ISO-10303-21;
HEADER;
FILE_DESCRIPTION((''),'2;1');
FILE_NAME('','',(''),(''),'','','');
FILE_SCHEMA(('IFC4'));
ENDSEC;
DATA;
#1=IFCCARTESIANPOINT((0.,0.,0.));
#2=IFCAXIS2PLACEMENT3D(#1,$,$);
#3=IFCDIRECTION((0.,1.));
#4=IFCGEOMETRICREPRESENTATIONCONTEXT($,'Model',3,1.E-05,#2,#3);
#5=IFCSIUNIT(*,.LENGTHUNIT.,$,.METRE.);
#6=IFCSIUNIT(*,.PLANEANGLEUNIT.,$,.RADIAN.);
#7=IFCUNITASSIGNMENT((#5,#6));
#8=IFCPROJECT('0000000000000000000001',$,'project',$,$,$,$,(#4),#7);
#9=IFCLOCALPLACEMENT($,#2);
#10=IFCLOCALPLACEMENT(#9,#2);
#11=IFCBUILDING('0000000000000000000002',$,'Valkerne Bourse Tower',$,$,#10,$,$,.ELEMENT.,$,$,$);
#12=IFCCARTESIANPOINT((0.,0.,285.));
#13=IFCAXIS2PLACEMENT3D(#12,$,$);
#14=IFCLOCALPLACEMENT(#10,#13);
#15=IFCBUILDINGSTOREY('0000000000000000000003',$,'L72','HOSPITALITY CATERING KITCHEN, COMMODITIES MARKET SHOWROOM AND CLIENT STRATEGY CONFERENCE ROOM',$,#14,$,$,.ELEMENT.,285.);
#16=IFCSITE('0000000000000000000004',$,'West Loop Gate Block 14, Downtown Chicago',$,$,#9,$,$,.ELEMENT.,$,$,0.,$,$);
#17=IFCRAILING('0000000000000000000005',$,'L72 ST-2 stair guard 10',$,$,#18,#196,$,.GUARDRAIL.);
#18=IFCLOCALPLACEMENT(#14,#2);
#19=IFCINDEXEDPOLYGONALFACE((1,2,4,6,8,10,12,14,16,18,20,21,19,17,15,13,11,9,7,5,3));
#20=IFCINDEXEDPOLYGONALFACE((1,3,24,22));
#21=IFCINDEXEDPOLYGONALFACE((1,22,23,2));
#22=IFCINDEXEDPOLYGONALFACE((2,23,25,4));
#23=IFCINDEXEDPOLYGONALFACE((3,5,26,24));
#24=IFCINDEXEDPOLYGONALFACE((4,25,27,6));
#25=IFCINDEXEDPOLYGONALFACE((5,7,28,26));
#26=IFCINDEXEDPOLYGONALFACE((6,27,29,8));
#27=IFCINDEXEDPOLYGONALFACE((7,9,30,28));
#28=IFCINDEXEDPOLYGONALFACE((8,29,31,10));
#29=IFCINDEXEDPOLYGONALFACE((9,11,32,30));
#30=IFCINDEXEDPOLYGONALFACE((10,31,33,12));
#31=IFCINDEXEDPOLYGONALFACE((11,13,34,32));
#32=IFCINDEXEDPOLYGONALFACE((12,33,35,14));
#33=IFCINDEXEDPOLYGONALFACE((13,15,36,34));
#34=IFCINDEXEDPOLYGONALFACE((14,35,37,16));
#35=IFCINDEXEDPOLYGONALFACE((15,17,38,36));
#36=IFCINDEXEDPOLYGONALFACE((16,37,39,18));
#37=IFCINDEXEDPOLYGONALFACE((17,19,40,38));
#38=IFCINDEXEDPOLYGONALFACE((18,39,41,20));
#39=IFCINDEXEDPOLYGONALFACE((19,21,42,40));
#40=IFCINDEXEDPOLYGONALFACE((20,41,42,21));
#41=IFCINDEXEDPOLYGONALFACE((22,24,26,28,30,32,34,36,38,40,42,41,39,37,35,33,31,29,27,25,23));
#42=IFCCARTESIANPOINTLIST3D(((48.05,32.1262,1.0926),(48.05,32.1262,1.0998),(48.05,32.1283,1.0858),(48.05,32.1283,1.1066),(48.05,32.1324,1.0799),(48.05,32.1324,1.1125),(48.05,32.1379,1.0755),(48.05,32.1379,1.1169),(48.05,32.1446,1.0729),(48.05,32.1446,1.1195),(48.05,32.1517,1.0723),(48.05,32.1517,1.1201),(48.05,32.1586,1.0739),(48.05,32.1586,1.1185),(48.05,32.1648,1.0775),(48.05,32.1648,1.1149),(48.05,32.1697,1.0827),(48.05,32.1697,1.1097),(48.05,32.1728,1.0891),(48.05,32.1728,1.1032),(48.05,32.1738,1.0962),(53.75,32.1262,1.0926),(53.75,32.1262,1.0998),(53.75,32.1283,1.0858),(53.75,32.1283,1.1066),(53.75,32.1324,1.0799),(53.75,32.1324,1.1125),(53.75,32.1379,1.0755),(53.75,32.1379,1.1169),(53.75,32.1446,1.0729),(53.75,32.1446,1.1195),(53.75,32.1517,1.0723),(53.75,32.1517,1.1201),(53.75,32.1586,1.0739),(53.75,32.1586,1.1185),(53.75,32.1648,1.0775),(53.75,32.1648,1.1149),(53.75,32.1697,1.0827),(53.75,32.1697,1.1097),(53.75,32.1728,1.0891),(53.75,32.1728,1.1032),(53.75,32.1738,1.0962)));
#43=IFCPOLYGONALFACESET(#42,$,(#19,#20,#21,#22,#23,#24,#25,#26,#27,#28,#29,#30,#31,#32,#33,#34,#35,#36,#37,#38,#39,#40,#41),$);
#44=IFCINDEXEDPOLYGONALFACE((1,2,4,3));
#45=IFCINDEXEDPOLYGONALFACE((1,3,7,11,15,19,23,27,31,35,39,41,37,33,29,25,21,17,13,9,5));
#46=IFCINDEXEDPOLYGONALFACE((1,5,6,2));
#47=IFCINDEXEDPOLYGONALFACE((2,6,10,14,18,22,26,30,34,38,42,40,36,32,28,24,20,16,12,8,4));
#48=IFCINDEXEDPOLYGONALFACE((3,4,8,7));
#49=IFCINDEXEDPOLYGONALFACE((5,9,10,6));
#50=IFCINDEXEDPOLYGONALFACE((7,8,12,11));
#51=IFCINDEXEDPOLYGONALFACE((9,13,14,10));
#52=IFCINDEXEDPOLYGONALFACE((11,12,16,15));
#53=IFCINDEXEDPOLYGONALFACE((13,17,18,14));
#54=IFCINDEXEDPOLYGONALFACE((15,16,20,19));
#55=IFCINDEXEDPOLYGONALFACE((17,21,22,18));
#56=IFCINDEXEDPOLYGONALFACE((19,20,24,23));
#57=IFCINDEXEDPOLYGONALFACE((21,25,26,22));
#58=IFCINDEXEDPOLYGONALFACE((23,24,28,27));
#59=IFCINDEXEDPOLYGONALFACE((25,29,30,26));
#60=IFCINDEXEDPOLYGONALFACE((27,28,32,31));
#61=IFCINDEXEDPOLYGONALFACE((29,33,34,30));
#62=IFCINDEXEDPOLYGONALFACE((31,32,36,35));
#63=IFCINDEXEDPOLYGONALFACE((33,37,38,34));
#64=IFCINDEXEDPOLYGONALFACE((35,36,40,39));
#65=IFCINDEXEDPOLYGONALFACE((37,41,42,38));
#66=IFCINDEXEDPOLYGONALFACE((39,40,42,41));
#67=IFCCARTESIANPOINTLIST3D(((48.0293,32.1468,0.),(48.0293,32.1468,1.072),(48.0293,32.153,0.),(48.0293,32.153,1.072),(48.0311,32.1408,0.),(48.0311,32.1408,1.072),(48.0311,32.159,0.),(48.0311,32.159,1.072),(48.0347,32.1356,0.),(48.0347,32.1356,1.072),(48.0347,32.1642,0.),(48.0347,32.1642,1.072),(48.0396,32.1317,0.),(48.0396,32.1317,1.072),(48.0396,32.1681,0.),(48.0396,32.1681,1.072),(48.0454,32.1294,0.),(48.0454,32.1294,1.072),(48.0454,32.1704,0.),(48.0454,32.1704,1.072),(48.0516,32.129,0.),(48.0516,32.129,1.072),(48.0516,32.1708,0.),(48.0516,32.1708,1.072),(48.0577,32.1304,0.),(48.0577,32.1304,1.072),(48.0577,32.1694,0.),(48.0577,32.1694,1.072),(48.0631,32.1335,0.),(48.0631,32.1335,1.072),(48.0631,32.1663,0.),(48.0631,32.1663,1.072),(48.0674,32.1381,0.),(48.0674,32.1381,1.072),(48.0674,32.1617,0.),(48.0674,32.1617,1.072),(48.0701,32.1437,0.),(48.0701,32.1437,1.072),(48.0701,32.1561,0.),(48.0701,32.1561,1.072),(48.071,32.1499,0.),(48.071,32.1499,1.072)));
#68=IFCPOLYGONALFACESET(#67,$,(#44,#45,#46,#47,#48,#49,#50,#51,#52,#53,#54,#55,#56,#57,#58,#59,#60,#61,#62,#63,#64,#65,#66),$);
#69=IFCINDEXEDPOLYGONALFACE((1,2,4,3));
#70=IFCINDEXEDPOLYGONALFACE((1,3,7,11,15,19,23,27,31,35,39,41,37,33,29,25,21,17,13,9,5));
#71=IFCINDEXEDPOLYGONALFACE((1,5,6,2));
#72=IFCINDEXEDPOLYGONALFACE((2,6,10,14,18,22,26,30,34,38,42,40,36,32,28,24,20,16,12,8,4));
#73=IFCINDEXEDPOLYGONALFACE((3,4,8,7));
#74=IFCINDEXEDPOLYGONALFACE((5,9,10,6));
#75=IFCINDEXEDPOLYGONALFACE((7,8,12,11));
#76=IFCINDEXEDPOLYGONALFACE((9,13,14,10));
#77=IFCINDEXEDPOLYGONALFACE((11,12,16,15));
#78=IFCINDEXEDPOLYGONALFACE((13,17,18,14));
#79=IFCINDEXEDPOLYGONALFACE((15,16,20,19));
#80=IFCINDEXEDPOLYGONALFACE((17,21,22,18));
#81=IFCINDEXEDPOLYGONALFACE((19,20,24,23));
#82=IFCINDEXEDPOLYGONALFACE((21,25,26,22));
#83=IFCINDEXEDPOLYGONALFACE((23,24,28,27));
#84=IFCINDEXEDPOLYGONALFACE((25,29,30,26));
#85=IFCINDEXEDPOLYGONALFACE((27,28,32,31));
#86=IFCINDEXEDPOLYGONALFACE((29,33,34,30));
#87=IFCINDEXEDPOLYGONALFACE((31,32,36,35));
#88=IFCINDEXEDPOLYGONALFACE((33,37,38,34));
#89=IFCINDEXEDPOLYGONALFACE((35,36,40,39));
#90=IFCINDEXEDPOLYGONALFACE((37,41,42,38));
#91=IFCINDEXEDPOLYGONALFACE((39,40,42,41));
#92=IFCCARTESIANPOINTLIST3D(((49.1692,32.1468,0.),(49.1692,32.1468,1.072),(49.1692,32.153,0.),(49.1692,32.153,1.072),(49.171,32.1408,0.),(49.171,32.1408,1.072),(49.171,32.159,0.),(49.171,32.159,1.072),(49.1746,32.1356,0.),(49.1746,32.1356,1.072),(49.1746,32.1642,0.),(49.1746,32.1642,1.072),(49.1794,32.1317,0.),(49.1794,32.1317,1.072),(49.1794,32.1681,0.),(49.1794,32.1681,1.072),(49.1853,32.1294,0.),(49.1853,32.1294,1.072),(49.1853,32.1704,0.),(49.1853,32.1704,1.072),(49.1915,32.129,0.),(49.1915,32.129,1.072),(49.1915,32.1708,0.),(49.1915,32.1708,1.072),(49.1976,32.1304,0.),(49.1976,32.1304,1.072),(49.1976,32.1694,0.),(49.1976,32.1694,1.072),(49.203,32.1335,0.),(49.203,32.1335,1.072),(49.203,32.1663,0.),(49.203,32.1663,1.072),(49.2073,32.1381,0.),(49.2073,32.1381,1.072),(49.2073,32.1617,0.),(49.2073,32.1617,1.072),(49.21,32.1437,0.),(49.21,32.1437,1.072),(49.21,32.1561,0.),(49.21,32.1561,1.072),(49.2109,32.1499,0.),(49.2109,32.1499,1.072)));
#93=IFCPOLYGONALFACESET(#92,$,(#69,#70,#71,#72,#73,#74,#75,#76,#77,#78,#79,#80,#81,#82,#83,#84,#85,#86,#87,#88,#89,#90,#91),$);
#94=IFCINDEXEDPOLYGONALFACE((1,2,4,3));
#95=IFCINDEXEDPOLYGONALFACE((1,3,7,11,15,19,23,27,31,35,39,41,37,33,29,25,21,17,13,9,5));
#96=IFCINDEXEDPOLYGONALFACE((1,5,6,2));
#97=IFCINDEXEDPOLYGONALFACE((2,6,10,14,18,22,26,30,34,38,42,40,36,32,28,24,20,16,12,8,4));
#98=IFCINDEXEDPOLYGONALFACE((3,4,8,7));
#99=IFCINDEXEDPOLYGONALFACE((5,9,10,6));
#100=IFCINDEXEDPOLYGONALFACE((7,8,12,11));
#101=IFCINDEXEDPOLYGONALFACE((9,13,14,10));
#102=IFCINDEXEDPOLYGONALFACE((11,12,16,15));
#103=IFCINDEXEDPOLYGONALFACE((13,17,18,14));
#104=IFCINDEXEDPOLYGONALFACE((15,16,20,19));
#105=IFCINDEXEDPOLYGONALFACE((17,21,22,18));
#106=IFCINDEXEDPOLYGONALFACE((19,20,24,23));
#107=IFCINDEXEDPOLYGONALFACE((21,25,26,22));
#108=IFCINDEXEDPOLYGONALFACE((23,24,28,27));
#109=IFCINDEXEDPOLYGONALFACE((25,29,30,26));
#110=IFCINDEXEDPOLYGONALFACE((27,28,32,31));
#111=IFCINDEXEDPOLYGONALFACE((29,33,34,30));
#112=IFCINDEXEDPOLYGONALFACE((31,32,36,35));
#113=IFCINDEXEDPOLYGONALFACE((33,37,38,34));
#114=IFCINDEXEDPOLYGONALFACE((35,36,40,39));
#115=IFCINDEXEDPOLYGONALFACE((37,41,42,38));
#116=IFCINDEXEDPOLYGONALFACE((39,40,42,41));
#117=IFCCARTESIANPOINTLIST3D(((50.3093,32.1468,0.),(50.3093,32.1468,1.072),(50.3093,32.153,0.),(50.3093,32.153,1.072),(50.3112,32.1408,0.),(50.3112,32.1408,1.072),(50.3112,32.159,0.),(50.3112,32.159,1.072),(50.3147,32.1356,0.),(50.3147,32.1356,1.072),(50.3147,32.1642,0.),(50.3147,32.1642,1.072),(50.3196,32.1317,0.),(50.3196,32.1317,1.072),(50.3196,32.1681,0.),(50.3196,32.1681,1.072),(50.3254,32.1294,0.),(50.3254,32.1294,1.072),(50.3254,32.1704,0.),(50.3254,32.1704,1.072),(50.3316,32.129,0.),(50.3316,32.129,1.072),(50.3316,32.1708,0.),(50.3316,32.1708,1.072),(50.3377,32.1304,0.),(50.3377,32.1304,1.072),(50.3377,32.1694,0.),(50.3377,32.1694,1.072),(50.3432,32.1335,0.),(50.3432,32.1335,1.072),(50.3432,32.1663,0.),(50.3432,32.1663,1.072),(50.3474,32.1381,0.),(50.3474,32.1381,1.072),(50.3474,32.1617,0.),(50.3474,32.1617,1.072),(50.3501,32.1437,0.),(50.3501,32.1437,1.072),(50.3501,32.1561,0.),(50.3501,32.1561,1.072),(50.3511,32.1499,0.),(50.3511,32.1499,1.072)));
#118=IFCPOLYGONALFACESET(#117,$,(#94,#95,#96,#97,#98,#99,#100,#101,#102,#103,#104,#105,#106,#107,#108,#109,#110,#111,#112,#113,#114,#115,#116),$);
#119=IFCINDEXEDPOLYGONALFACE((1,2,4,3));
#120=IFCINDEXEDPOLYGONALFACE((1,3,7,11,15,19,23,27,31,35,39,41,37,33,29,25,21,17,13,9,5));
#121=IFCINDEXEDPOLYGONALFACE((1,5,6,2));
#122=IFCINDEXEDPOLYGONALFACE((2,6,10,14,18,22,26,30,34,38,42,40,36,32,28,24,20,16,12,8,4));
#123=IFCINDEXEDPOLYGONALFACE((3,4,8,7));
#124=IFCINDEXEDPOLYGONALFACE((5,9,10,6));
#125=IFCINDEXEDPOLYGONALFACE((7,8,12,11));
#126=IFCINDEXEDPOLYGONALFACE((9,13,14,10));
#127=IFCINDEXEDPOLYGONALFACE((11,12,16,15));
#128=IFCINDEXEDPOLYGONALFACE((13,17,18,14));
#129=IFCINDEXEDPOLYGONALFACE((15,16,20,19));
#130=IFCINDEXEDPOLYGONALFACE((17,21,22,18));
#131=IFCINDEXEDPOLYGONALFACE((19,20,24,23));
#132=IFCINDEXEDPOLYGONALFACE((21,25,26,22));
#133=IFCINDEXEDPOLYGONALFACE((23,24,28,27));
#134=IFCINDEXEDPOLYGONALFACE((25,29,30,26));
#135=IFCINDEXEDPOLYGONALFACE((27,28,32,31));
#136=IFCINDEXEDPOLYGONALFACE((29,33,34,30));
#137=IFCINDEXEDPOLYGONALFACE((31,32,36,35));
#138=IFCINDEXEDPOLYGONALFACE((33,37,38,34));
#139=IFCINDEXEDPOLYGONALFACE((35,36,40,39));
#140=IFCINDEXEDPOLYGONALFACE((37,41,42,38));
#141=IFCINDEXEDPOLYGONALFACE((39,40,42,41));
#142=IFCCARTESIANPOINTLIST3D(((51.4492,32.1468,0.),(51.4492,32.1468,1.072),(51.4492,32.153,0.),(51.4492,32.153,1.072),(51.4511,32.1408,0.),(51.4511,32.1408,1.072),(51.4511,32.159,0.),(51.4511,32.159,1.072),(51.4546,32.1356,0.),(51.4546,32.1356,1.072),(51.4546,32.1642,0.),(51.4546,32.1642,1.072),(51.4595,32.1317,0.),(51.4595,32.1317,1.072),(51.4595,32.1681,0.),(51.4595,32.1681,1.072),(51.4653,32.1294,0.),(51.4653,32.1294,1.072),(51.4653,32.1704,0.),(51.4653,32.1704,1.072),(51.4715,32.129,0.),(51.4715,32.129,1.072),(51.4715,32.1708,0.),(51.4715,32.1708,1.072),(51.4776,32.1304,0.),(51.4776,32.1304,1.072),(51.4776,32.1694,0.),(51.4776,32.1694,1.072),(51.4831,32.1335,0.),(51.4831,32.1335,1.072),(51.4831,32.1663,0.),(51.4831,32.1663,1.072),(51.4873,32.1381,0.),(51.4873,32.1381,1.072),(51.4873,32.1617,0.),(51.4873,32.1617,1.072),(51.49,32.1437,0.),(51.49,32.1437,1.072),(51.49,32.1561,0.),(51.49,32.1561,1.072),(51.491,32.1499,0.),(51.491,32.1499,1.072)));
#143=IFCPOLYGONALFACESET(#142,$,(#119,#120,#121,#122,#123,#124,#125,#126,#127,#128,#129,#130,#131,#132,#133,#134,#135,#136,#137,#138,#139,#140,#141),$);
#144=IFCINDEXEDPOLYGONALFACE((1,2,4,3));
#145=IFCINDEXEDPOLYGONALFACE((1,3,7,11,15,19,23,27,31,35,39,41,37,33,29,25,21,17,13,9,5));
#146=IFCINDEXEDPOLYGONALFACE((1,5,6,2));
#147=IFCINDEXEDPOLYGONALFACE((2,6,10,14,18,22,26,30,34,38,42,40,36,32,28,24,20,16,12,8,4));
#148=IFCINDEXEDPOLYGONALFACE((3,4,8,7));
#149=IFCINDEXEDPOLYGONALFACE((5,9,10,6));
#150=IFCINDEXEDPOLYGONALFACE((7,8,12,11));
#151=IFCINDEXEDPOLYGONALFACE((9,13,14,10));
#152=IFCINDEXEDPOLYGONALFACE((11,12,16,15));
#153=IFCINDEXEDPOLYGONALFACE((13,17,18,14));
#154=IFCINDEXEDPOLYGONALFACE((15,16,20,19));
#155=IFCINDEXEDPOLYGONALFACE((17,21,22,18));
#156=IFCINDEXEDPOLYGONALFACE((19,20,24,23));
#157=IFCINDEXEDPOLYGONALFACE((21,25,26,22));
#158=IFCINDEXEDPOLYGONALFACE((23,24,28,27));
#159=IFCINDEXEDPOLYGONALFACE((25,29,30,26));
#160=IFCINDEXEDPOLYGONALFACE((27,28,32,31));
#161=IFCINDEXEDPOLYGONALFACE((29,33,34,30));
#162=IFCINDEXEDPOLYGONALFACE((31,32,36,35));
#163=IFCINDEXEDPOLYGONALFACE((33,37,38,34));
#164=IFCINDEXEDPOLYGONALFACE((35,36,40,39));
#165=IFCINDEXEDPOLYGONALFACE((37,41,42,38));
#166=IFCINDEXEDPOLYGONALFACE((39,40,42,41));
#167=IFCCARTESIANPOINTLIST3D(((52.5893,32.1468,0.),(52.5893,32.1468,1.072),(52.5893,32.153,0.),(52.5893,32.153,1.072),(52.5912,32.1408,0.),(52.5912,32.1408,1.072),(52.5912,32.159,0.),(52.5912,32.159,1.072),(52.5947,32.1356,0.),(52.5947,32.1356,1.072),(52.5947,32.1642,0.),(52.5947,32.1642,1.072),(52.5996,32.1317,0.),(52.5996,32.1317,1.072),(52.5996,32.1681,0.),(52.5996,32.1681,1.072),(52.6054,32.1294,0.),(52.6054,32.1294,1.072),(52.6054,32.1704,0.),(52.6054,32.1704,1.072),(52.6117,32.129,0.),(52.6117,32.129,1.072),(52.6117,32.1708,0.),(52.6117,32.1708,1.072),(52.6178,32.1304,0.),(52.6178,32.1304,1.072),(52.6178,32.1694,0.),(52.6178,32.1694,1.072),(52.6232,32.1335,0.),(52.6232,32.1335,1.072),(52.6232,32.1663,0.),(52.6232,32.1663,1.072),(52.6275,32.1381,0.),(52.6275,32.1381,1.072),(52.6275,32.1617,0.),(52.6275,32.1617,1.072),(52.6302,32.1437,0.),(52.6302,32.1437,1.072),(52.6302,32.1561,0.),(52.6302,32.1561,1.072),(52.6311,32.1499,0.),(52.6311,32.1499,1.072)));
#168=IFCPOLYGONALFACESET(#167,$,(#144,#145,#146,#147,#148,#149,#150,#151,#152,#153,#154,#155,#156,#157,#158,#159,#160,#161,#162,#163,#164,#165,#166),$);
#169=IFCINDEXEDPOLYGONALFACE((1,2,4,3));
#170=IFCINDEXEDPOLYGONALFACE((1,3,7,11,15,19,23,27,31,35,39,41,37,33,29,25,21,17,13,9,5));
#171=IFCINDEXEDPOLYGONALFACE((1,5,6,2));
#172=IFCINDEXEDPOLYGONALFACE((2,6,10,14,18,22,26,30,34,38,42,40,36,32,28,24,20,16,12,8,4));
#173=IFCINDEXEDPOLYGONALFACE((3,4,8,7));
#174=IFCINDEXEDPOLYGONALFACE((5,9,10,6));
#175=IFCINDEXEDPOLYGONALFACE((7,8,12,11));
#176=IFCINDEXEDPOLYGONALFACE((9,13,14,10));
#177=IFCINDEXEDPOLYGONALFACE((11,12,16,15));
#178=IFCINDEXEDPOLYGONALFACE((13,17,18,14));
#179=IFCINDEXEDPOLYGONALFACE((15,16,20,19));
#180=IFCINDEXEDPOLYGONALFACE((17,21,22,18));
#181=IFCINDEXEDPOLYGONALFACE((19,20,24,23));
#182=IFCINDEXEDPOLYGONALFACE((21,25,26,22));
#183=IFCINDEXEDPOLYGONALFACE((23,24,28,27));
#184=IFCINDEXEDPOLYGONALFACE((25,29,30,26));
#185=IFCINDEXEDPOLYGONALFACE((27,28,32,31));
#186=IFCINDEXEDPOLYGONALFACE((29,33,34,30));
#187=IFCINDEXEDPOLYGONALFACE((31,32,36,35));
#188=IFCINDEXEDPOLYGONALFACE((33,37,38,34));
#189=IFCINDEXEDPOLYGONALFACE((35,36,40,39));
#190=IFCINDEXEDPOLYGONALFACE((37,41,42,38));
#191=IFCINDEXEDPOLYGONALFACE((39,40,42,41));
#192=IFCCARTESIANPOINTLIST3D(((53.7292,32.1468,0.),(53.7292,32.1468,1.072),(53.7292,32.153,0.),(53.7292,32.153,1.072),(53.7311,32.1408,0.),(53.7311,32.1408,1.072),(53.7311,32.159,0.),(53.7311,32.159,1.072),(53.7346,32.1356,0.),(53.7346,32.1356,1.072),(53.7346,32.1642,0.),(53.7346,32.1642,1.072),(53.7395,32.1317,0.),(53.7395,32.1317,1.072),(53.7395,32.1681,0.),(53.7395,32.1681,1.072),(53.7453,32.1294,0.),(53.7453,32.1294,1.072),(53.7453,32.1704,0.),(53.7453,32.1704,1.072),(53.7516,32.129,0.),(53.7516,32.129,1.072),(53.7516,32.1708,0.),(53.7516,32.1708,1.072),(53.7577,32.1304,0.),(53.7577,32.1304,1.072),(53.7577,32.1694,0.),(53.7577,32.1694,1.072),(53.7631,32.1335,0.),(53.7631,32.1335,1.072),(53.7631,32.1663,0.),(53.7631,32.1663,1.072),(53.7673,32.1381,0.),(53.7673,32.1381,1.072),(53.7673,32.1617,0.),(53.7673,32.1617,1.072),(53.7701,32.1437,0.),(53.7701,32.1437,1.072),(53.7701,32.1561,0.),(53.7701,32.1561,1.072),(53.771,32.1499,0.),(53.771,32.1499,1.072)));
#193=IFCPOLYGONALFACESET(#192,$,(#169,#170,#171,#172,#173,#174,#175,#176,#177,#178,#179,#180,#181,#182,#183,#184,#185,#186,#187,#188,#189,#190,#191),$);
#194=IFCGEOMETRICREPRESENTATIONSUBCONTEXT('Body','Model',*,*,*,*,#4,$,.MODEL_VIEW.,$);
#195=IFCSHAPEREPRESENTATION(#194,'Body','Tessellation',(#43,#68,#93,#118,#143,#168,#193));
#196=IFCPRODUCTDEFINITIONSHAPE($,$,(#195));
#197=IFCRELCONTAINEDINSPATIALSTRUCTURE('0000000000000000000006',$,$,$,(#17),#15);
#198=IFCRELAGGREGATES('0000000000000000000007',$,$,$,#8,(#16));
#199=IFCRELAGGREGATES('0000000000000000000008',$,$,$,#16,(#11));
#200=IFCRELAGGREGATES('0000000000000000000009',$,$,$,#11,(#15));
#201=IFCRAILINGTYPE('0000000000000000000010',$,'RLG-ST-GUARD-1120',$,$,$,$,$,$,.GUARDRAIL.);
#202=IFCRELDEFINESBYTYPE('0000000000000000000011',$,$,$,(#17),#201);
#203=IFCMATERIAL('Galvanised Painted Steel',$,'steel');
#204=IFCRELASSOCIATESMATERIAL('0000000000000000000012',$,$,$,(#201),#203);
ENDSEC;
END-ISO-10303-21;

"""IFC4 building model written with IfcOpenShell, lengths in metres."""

from ifc_helpers import new_model, si_unit, direction, frame, origin, origin_2d, place, context, subcontext, project, spatial, circle, extrude, material, type_object, element, save


model = new_model("IFC4")

# Units and contexts
model_context = context("Model", 3, precision=1e-05, world=origin(), true_north=direction((0.0, 1.0)))
body_context = subcontext(model_context, "Body", "Model", "MODEL_VIEW")
ifc_project = project(units=[si_unit("LENGTHUNIT", "METRE"), si_unit("PLANEANGLEUNIT", "RADIAN")], contexts=[model_context])

# Site, building, storey
site_placement = place(None, origin())
site = spatial("IfcSite", under=ifc_project, at=site_placement, Name="West Loop Gate Block 14, Downtown Chicago", CompositionType="ELEMENT", RefElevation=0.0)
building_placement = place(site_placement, origin())
building = spatial("IfcBuilding", under=site, at=building_placement, Name="Valkerne Bourse Tower", CompositionType="ELEMENT")
storey_placement = place(building_placement, frame((0.0, 0.0, 285.0)))
storey = spatial("IfcBuildingStorey", under=building, at=storey_placement, Name="L72", Description="HOSPITALITY CATERING KITCHEN, COMMODITIES MARKET SHOWROOM AND CLIENT STRATEGY CONFERENCE ROOM", CompositionType="ELEMENT", Elevation=285.0)

# Shared definitions
ifc_material_1 = material(Name="Galvanised Painted Steel", Category="steel")

# Railing
railing_type_1 = type_object("IfcRailingType", Name="RLG-ST-GUARD-1120", PredefinedType="GUARDRAIL", material=ifc_material_1)
railing_1_placement = place(storey_placement, frame((48.05, 32.1499, 0.0)))
element("IfcRailing", 1, at=railing_1_placement, inside=storey, type_object=railing_type_1, Name="L72 ST-2 stair guard 10", PredefinedType="GUARDRAIL", context=body_context, shape_type="SweptSolid", body=[
    extrude(circle(Radius=0.0239, at=origin_2d()), frame((0.0, 0.0, 1.0962), z_axis=(1.0, 0.0, 0.0), x_axis=(0.0, 1.0, 0.0)), (0.0, 0.0, 1.0), 5.7),
    extrude(circle(Radius=0.021, at=origin_2d()), origin(), (0.0, 0.0, 1.0), 1.072),
    extrude(circle(Radius=0.021, at=origin_2d()), frame((1.1399, 0.0, 0.0)), (0.0, 0.0, 1.0), 1.072),
    extrude(circle(Radius=0.021, at=origin_2d()), frame((2.28, 0.0, 0.0)), (0.0, 0.0, 1.0), 1.072),
    extrude(circle(Radius=0.021, at=origin_2d()), frame((3.4199, 0.0, 0.0)), (0.0, 0.0, 1.0), 1.072),
    extrude(circle(Radius=0.021, at=origin_2d()), frame((4.5601, 0.0, 0.0)), (0.0, 0.0, 1.0), 1.072),
    extrude(circle(Radius=0.021, at=origin_2d()), frame((5.7, 0.0, 0.0)), (0.0, 0.0, 1.0), 1.072),
])

save(model, "model.ifc")
